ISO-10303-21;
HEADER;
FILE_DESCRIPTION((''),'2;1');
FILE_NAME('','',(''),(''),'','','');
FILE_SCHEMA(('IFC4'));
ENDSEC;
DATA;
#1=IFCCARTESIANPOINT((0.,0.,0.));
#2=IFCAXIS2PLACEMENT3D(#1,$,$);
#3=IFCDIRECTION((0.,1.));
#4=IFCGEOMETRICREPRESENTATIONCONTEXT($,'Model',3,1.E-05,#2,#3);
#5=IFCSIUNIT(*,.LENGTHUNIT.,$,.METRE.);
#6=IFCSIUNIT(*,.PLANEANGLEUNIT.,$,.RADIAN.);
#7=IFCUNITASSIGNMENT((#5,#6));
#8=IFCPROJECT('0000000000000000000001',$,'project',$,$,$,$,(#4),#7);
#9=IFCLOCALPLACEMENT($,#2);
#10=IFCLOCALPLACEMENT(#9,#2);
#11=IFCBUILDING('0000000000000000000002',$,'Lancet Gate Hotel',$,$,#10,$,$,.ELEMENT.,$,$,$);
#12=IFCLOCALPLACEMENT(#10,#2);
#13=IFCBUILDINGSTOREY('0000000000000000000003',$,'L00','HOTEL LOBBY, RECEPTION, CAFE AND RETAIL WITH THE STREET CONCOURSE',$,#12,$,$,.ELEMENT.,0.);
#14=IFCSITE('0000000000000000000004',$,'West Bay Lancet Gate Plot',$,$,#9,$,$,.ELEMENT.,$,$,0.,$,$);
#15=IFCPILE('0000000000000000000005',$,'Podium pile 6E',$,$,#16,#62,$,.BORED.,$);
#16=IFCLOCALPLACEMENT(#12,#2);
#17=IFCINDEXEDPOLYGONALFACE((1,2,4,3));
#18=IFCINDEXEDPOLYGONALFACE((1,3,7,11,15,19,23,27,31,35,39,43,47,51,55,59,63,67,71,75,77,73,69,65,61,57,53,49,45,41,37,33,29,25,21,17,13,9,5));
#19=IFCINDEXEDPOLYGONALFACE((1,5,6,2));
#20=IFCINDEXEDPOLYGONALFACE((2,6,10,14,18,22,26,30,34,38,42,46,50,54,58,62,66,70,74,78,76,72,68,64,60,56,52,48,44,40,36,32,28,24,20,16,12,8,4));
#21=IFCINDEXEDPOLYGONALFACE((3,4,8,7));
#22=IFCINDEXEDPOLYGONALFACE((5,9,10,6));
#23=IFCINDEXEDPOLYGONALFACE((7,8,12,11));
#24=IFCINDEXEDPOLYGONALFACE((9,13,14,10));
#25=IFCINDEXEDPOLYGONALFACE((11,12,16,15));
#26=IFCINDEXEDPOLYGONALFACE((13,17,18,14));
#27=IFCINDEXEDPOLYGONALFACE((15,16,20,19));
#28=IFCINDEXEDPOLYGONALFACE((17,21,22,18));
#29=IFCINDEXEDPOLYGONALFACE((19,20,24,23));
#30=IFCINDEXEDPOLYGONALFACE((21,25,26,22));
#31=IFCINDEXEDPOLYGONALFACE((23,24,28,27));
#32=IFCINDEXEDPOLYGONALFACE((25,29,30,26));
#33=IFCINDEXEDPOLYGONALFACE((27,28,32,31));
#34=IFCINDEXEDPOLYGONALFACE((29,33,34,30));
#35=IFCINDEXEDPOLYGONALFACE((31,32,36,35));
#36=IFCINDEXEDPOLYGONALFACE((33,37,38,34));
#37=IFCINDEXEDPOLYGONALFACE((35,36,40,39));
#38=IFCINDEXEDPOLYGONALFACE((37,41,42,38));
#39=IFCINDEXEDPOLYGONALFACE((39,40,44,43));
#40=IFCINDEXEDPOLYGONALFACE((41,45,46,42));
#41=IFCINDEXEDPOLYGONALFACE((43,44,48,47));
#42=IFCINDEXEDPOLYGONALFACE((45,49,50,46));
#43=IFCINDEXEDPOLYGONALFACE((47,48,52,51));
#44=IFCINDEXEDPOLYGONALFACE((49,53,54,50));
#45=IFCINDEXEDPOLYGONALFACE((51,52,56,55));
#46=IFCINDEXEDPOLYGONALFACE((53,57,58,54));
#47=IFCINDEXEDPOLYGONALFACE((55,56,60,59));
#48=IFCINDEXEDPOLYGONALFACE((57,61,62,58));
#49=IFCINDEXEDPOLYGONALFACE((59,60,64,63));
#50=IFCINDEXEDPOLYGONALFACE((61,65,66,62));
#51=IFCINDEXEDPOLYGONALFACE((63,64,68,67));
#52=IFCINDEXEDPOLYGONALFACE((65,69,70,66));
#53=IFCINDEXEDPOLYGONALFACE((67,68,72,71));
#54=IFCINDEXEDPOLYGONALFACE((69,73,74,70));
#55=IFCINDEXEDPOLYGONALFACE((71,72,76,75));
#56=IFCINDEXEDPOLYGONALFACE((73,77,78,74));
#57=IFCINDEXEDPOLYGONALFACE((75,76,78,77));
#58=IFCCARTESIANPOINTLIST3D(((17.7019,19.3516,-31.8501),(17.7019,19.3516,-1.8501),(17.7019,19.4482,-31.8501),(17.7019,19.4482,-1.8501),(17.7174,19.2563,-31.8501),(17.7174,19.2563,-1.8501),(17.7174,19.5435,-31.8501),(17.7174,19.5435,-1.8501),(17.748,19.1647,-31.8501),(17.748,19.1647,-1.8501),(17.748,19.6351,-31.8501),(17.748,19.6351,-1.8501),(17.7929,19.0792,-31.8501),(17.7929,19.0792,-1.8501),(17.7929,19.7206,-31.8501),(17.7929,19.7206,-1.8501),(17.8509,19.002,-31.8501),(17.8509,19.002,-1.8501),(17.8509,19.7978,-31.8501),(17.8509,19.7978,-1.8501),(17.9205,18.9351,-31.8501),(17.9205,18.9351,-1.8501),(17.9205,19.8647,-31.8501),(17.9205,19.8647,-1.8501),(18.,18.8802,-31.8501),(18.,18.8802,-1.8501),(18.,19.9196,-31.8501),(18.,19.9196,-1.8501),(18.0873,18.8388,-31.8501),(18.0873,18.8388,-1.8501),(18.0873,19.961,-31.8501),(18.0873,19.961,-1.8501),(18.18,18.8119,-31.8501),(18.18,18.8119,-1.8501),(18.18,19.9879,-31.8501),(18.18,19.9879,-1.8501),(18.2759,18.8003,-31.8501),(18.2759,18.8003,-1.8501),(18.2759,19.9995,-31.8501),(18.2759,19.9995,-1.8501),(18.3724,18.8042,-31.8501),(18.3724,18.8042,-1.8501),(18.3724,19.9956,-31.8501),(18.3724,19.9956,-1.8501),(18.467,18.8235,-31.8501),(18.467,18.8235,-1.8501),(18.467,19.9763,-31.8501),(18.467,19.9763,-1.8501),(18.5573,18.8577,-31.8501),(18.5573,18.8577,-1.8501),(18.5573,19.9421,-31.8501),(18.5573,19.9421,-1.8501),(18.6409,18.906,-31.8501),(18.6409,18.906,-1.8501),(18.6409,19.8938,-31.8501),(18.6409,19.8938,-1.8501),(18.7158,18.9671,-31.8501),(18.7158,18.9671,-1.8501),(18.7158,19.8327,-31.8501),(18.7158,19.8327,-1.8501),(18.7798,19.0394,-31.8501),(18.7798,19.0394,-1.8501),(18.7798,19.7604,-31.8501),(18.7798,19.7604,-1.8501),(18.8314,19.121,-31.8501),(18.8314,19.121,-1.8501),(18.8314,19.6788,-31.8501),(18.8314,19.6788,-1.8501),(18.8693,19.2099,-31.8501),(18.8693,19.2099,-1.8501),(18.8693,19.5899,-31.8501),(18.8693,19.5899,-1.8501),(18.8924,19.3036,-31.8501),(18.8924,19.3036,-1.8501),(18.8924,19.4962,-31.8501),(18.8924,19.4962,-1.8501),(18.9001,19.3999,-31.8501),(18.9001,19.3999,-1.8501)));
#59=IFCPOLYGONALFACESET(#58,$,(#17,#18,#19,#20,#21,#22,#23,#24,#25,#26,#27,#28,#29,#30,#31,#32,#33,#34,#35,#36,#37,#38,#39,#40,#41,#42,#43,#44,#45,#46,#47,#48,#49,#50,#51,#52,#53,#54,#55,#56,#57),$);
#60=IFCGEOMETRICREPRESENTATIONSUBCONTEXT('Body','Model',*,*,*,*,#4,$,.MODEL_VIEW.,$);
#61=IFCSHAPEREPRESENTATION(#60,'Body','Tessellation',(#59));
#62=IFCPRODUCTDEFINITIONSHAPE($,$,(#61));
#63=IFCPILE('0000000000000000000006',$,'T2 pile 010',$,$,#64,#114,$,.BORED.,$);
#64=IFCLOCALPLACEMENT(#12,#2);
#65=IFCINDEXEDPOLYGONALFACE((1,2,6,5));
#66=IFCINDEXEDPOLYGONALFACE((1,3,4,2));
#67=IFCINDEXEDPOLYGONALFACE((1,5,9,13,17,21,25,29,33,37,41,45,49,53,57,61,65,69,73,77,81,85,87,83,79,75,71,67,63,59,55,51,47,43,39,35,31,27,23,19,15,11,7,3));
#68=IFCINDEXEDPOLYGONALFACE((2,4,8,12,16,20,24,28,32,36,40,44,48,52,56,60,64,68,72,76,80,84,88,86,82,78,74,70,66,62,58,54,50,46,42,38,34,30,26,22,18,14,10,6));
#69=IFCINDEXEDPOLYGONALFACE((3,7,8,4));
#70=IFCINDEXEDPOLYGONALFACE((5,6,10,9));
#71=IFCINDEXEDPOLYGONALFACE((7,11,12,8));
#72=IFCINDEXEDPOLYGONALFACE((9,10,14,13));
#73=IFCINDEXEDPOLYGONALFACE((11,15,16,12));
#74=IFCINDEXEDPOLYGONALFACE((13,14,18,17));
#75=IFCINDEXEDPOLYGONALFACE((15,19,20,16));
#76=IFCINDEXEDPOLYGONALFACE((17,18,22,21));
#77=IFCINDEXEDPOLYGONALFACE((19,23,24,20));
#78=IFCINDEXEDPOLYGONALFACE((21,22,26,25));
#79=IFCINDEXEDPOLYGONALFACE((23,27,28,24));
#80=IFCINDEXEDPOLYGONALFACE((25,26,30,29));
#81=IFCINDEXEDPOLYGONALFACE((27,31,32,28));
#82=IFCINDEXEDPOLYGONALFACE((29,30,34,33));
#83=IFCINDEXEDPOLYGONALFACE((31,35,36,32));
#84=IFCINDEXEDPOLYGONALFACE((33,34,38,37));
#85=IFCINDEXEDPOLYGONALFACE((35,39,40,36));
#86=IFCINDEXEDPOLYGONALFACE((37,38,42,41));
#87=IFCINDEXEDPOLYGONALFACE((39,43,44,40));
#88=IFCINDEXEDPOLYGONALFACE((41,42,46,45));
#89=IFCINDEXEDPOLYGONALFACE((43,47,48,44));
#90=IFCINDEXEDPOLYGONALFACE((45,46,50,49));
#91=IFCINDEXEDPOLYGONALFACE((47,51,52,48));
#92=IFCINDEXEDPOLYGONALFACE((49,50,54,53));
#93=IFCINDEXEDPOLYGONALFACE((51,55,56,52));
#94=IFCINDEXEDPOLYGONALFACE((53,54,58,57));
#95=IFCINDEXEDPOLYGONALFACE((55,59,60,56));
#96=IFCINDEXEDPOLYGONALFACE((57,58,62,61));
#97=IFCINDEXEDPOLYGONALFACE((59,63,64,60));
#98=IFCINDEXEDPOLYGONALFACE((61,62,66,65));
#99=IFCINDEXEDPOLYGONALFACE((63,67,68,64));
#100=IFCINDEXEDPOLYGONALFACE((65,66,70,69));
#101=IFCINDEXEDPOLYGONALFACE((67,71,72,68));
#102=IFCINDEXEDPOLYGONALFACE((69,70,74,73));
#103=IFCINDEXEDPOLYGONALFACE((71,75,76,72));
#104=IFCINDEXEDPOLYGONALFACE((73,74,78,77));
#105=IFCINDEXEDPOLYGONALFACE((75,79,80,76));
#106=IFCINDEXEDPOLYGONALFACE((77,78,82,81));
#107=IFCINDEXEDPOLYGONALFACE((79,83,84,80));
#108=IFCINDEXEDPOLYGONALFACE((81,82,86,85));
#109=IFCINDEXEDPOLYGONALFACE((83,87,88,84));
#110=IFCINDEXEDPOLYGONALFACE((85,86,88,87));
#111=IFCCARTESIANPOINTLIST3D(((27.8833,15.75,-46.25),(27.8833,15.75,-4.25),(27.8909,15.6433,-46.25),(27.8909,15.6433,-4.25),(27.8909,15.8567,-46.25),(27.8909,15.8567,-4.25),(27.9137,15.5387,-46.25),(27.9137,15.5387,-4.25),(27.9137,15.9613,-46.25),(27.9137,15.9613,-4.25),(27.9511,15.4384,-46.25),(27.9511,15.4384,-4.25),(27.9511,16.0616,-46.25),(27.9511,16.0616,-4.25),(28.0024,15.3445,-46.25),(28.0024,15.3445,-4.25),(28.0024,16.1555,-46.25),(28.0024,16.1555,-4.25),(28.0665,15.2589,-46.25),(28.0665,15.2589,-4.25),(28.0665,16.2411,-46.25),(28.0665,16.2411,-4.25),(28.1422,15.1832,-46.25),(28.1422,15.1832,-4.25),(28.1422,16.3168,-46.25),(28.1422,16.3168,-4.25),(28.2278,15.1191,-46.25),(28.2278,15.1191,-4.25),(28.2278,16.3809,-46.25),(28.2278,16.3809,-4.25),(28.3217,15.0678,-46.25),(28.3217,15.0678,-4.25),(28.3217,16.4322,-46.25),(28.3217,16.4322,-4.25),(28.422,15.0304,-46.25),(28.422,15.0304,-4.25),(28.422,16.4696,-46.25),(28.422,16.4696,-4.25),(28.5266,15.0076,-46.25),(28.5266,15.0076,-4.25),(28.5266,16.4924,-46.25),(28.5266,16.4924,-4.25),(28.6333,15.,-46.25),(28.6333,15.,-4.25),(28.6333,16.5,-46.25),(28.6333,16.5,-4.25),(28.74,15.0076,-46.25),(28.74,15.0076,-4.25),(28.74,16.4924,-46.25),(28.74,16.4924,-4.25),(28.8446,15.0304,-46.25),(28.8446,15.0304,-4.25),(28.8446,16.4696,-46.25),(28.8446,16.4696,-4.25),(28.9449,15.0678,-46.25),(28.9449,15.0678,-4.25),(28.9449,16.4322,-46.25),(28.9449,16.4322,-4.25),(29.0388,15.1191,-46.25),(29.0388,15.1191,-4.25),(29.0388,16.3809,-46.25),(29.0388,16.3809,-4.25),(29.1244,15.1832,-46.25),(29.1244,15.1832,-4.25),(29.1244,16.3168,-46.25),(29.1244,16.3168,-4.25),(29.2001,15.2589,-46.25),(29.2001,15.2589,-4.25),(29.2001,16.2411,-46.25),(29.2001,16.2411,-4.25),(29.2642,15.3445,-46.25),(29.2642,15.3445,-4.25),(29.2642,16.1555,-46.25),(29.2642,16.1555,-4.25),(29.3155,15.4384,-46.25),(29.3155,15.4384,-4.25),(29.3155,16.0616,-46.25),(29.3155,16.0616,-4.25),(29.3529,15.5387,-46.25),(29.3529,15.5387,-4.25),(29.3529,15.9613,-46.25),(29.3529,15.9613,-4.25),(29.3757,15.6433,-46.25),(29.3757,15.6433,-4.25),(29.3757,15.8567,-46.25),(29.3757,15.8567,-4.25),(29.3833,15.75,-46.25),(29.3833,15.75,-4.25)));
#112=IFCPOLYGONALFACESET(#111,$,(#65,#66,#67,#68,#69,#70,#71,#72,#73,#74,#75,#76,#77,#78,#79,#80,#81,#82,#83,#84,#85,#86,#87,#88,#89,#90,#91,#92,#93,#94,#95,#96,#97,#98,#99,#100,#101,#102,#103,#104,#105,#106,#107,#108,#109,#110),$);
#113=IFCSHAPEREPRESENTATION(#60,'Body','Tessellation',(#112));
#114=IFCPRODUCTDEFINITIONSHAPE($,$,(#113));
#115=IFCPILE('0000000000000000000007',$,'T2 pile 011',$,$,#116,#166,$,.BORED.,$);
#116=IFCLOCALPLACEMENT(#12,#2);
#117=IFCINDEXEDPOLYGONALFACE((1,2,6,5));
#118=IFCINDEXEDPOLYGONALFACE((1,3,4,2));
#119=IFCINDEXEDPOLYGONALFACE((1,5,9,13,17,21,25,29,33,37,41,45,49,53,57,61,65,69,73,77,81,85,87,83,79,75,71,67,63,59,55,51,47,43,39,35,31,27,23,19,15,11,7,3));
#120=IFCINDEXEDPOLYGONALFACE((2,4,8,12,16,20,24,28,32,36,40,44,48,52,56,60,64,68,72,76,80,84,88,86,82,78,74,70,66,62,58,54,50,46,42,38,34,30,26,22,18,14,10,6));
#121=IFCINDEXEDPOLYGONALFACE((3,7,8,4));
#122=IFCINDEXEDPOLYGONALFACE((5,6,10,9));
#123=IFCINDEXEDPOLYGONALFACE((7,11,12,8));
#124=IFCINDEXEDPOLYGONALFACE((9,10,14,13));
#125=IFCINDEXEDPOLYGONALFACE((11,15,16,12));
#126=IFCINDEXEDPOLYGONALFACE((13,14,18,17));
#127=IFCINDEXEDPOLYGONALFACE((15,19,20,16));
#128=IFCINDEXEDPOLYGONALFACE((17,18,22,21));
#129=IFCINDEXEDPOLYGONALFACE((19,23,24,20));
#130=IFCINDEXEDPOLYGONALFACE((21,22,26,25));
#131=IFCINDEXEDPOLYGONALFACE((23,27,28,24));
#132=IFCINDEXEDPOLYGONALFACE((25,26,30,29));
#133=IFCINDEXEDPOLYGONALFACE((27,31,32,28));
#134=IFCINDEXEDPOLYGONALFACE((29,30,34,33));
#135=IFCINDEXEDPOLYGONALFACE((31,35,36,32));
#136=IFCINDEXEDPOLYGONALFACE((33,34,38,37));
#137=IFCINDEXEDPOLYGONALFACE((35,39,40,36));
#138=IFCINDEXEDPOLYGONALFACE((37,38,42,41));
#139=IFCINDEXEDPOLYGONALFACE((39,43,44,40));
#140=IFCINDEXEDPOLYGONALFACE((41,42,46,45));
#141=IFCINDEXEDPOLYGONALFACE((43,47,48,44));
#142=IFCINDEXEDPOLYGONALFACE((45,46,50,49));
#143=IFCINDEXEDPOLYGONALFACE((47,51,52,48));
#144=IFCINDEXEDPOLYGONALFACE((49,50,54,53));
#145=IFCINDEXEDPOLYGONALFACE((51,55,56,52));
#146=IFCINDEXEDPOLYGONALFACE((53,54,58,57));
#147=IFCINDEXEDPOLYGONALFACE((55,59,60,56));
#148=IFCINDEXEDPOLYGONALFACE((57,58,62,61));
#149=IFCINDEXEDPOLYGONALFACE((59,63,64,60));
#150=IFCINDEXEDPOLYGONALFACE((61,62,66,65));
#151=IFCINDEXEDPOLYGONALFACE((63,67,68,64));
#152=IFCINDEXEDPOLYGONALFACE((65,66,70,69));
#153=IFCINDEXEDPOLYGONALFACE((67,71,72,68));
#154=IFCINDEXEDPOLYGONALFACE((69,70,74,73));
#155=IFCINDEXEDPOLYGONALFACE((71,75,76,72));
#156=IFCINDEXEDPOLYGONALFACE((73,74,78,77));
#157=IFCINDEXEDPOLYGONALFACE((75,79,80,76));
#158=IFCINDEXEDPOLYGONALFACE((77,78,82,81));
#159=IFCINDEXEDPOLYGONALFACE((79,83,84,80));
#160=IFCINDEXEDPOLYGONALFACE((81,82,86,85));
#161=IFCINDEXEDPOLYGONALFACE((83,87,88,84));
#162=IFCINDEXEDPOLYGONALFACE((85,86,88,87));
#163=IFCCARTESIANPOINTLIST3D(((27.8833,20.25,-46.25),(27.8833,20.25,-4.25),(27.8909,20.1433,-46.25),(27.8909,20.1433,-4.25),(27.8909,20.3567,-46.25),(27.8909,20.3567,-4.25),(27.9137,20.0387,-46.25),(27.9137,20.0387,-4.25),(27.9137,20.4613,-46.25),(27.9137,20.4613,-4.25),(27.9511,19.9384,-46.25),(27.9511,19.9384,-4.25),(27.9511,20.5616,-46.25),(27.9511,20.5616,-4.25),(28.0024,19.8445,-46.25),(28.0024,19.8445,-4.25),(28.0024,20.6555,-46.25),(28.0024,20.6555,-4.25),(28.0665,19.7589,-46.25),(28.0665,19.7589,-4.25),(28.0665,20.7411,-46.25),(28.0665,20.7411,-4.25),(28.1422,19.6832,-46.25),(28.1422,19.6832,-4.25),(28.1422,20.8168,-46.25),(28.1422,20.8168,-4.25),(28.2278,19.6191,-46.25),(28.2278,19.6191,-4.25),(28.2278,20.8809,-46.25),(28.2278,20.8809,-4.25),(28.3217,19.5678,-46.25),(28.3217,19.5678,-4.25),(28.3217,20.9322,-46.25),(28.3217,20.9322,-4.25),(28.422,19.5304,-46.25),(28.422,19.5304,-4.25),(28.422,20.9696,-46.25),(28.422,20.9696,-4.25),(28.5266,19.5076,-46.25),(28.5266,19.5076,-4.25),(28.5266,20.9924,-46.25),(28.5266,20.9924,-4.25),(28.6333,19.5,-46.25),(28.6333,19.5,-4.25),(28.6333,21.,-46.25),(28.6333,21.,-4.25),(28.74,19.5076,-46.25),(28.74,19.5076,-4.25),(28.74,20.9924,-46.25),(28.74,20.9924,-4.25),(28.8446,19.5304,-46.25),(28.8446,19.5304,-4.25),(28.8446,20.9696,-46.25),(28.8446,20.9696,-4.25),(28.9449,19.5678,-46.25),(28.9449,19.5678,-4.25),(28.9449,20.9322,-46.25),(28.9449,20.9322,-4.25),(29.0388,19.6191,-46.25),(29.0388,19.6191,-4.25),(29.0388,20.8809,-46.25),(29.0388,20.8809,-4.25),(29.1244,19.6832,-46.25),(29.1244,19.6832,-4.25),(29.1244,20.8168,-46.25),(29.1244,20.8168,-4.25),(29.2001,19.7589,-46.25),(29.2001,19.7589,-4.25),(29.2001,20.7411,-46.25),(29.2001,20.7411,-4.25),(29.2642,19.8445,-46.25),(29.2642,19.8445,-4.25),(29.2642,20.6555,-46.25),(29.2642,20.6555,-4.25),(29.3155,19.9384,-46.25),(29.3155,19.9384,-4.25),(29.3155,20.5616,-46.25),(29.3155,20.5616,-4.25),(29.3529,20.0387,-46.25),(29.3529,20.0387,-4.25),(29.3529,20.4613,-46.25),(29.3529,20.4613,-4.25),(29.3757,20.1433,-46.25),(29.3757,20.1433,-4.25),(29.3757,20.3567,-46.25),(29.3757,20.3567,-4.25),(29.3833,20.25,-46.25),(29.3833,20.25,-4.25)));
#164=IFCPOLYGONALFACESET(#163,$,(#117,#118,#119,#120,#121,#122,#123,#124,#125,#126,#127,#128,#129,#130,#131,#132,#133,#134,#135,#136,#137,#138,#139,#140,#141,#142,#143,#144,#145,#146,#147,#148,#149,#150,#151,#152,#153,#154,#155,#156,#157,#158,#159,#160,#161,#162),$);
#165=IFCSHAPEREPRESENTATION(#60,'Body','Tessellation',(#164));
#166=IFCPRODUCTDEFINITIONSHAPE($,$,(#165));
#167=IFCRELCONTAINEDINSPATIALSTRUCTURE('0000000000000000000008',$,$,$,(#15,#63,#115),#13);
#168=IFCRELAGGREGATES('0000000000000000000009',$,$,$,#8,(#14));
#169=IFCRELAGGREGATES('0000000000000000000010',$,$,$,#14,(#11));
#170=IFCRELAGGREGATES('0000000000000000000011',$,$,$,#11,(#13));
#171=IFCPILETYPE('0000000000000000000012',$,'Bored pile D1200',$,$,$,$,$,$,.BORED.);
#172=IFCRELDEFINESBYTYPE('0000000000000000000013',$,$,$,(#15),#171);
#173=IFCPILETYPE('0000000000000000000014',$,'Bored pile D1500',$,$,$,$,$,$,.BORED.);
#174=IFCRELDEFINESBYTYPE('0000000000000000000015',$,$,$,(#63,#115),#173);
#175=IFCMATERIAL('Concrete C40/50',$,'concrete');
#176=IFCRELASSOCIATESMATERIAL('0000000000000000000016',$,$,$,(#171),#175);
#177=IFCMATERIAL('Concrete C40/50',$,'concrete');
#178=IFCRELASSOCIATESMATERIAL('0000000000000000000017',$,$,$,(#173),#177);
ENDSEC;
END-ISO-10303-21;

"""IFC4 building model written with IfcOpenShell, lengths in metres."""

from ifc_helpers import new_model, si_unit, direction, frame, origin, origin_2d, place, context, subcontext, project, spatial, circle, extrude, material, material_profile, profile_set, type_object, element, save


model = new_model("IFC4")

# Units and contexts
model_context = context("Model", 3, precision=1e-05, world=origin(), true_north=direction((0.0, 1.0)))
body_context = subcontext(model_context, "Body", "Model", "MODEL_VIEW")
ifc_project = project(units=[si_unit("LENGTHUNIT", "METRE"), si_unit("PLANEANGLEUNIT", "RADIAN")], contexts=[model_context])

# Site, building, storey
site_placement = place(None, origin())
site = spatial("IfcSite", under=ifc_project, at=site_placement, Name="West Bay Lancet Gate Plot", CompositionType="ELEMENT", RefElevation=0.0)
building_placement = place(site_placement, origin())
building = spatial("IfcBuilding", under=site, at=building_placement, Name="Lancet Gate Hotel", CompositionType="ELEMENT")
storey_placement = place(building_placement, origin())
storey = spatial("IfcBuildingStorey", under=building, at=storey_placement, Name="L00", Description="HOTEL LOBBY, RECEPTION, CAFE AND RETAIL WITH THE STREET CONCOURSE", CompositionType="ELEMENT", Elevation=0.0)

# Piles
ifc_material_1 = material(Name="Concrete C40/50", Category="concrete")
ifc_material_profile_1 = material_profile(ifc_material_1, circle(Radius=0.6001, at=origin_2d()), Name="PILE D1200")
ifc_profile_set_1 = profile_set([ifc_material_profile_1], Name="Concrete C40/50")
pile_type_1 = type_object("IfcPileType", Name="Bored pile D1200", PredefinedType="BORED", material=ifc_profile_set_1)
pile_placement = place(storey_placement, frame((18.3, 19.3999, -1.8501), z_axis=(0.0, 0.0, -1.0), x_axis=(1.0, 0.0, 0.0)))
element("IfcPile", 1, at=pile_placement, inside=storey, type_object=pile_type_1, Name="Podium pile 6E", PredefinedType="BORED", context=body_context, shape_type="SweptSolid", body=[
    extrude(circle(Radius=0.6001, at=origin_2d()), origin(), (0.0, 0.0, 1.0), 30.0),
])
ifc_material_2 = material(Name="Concrete C40/50", Category="concrete")
ifc_material_profile_2 = material_profile(ifc_material_2, circle(Radius=0.75, at=origin_2d()), Name="PILE D1500")
ifc_profile_set_2 = profile_set([ifc_material_profile_2], Name="Concrete C40/50")
pile_type_2 = type_object("IfcPileType", Name="Bored pile D1500", PredefinedType="BORED", material=ifc_profile_set_2)
for number, where, z_axis, x_axis, name in (
    (2, (28.6333, 15.75, -4.25), (0.0, 0.0, -1.0), (1.0, 0.0, 0.0), "T2 pile 010"),
    (3, (28.6333, 20.25, -4.25), (0.0, 0.0, -1.0), (1.0, 0.0, 0.0), "T2 pile 011"),
):
    element("IfcPile", number, at=place(storey_placement, frame(where, z_axis=z_axis, x_axis=x_axis)), inside=storey, type_object=pile_type_2, Name=name, PredefinedType="BORED", context=body_context, shape_type="SweptSolid", body=[
        extrude(circle(Radius=0.75, at=origin_2d()), origin(), (0.0, 0.0, 1.0), 42.0),
    ])

save(model, "model.ifc")
